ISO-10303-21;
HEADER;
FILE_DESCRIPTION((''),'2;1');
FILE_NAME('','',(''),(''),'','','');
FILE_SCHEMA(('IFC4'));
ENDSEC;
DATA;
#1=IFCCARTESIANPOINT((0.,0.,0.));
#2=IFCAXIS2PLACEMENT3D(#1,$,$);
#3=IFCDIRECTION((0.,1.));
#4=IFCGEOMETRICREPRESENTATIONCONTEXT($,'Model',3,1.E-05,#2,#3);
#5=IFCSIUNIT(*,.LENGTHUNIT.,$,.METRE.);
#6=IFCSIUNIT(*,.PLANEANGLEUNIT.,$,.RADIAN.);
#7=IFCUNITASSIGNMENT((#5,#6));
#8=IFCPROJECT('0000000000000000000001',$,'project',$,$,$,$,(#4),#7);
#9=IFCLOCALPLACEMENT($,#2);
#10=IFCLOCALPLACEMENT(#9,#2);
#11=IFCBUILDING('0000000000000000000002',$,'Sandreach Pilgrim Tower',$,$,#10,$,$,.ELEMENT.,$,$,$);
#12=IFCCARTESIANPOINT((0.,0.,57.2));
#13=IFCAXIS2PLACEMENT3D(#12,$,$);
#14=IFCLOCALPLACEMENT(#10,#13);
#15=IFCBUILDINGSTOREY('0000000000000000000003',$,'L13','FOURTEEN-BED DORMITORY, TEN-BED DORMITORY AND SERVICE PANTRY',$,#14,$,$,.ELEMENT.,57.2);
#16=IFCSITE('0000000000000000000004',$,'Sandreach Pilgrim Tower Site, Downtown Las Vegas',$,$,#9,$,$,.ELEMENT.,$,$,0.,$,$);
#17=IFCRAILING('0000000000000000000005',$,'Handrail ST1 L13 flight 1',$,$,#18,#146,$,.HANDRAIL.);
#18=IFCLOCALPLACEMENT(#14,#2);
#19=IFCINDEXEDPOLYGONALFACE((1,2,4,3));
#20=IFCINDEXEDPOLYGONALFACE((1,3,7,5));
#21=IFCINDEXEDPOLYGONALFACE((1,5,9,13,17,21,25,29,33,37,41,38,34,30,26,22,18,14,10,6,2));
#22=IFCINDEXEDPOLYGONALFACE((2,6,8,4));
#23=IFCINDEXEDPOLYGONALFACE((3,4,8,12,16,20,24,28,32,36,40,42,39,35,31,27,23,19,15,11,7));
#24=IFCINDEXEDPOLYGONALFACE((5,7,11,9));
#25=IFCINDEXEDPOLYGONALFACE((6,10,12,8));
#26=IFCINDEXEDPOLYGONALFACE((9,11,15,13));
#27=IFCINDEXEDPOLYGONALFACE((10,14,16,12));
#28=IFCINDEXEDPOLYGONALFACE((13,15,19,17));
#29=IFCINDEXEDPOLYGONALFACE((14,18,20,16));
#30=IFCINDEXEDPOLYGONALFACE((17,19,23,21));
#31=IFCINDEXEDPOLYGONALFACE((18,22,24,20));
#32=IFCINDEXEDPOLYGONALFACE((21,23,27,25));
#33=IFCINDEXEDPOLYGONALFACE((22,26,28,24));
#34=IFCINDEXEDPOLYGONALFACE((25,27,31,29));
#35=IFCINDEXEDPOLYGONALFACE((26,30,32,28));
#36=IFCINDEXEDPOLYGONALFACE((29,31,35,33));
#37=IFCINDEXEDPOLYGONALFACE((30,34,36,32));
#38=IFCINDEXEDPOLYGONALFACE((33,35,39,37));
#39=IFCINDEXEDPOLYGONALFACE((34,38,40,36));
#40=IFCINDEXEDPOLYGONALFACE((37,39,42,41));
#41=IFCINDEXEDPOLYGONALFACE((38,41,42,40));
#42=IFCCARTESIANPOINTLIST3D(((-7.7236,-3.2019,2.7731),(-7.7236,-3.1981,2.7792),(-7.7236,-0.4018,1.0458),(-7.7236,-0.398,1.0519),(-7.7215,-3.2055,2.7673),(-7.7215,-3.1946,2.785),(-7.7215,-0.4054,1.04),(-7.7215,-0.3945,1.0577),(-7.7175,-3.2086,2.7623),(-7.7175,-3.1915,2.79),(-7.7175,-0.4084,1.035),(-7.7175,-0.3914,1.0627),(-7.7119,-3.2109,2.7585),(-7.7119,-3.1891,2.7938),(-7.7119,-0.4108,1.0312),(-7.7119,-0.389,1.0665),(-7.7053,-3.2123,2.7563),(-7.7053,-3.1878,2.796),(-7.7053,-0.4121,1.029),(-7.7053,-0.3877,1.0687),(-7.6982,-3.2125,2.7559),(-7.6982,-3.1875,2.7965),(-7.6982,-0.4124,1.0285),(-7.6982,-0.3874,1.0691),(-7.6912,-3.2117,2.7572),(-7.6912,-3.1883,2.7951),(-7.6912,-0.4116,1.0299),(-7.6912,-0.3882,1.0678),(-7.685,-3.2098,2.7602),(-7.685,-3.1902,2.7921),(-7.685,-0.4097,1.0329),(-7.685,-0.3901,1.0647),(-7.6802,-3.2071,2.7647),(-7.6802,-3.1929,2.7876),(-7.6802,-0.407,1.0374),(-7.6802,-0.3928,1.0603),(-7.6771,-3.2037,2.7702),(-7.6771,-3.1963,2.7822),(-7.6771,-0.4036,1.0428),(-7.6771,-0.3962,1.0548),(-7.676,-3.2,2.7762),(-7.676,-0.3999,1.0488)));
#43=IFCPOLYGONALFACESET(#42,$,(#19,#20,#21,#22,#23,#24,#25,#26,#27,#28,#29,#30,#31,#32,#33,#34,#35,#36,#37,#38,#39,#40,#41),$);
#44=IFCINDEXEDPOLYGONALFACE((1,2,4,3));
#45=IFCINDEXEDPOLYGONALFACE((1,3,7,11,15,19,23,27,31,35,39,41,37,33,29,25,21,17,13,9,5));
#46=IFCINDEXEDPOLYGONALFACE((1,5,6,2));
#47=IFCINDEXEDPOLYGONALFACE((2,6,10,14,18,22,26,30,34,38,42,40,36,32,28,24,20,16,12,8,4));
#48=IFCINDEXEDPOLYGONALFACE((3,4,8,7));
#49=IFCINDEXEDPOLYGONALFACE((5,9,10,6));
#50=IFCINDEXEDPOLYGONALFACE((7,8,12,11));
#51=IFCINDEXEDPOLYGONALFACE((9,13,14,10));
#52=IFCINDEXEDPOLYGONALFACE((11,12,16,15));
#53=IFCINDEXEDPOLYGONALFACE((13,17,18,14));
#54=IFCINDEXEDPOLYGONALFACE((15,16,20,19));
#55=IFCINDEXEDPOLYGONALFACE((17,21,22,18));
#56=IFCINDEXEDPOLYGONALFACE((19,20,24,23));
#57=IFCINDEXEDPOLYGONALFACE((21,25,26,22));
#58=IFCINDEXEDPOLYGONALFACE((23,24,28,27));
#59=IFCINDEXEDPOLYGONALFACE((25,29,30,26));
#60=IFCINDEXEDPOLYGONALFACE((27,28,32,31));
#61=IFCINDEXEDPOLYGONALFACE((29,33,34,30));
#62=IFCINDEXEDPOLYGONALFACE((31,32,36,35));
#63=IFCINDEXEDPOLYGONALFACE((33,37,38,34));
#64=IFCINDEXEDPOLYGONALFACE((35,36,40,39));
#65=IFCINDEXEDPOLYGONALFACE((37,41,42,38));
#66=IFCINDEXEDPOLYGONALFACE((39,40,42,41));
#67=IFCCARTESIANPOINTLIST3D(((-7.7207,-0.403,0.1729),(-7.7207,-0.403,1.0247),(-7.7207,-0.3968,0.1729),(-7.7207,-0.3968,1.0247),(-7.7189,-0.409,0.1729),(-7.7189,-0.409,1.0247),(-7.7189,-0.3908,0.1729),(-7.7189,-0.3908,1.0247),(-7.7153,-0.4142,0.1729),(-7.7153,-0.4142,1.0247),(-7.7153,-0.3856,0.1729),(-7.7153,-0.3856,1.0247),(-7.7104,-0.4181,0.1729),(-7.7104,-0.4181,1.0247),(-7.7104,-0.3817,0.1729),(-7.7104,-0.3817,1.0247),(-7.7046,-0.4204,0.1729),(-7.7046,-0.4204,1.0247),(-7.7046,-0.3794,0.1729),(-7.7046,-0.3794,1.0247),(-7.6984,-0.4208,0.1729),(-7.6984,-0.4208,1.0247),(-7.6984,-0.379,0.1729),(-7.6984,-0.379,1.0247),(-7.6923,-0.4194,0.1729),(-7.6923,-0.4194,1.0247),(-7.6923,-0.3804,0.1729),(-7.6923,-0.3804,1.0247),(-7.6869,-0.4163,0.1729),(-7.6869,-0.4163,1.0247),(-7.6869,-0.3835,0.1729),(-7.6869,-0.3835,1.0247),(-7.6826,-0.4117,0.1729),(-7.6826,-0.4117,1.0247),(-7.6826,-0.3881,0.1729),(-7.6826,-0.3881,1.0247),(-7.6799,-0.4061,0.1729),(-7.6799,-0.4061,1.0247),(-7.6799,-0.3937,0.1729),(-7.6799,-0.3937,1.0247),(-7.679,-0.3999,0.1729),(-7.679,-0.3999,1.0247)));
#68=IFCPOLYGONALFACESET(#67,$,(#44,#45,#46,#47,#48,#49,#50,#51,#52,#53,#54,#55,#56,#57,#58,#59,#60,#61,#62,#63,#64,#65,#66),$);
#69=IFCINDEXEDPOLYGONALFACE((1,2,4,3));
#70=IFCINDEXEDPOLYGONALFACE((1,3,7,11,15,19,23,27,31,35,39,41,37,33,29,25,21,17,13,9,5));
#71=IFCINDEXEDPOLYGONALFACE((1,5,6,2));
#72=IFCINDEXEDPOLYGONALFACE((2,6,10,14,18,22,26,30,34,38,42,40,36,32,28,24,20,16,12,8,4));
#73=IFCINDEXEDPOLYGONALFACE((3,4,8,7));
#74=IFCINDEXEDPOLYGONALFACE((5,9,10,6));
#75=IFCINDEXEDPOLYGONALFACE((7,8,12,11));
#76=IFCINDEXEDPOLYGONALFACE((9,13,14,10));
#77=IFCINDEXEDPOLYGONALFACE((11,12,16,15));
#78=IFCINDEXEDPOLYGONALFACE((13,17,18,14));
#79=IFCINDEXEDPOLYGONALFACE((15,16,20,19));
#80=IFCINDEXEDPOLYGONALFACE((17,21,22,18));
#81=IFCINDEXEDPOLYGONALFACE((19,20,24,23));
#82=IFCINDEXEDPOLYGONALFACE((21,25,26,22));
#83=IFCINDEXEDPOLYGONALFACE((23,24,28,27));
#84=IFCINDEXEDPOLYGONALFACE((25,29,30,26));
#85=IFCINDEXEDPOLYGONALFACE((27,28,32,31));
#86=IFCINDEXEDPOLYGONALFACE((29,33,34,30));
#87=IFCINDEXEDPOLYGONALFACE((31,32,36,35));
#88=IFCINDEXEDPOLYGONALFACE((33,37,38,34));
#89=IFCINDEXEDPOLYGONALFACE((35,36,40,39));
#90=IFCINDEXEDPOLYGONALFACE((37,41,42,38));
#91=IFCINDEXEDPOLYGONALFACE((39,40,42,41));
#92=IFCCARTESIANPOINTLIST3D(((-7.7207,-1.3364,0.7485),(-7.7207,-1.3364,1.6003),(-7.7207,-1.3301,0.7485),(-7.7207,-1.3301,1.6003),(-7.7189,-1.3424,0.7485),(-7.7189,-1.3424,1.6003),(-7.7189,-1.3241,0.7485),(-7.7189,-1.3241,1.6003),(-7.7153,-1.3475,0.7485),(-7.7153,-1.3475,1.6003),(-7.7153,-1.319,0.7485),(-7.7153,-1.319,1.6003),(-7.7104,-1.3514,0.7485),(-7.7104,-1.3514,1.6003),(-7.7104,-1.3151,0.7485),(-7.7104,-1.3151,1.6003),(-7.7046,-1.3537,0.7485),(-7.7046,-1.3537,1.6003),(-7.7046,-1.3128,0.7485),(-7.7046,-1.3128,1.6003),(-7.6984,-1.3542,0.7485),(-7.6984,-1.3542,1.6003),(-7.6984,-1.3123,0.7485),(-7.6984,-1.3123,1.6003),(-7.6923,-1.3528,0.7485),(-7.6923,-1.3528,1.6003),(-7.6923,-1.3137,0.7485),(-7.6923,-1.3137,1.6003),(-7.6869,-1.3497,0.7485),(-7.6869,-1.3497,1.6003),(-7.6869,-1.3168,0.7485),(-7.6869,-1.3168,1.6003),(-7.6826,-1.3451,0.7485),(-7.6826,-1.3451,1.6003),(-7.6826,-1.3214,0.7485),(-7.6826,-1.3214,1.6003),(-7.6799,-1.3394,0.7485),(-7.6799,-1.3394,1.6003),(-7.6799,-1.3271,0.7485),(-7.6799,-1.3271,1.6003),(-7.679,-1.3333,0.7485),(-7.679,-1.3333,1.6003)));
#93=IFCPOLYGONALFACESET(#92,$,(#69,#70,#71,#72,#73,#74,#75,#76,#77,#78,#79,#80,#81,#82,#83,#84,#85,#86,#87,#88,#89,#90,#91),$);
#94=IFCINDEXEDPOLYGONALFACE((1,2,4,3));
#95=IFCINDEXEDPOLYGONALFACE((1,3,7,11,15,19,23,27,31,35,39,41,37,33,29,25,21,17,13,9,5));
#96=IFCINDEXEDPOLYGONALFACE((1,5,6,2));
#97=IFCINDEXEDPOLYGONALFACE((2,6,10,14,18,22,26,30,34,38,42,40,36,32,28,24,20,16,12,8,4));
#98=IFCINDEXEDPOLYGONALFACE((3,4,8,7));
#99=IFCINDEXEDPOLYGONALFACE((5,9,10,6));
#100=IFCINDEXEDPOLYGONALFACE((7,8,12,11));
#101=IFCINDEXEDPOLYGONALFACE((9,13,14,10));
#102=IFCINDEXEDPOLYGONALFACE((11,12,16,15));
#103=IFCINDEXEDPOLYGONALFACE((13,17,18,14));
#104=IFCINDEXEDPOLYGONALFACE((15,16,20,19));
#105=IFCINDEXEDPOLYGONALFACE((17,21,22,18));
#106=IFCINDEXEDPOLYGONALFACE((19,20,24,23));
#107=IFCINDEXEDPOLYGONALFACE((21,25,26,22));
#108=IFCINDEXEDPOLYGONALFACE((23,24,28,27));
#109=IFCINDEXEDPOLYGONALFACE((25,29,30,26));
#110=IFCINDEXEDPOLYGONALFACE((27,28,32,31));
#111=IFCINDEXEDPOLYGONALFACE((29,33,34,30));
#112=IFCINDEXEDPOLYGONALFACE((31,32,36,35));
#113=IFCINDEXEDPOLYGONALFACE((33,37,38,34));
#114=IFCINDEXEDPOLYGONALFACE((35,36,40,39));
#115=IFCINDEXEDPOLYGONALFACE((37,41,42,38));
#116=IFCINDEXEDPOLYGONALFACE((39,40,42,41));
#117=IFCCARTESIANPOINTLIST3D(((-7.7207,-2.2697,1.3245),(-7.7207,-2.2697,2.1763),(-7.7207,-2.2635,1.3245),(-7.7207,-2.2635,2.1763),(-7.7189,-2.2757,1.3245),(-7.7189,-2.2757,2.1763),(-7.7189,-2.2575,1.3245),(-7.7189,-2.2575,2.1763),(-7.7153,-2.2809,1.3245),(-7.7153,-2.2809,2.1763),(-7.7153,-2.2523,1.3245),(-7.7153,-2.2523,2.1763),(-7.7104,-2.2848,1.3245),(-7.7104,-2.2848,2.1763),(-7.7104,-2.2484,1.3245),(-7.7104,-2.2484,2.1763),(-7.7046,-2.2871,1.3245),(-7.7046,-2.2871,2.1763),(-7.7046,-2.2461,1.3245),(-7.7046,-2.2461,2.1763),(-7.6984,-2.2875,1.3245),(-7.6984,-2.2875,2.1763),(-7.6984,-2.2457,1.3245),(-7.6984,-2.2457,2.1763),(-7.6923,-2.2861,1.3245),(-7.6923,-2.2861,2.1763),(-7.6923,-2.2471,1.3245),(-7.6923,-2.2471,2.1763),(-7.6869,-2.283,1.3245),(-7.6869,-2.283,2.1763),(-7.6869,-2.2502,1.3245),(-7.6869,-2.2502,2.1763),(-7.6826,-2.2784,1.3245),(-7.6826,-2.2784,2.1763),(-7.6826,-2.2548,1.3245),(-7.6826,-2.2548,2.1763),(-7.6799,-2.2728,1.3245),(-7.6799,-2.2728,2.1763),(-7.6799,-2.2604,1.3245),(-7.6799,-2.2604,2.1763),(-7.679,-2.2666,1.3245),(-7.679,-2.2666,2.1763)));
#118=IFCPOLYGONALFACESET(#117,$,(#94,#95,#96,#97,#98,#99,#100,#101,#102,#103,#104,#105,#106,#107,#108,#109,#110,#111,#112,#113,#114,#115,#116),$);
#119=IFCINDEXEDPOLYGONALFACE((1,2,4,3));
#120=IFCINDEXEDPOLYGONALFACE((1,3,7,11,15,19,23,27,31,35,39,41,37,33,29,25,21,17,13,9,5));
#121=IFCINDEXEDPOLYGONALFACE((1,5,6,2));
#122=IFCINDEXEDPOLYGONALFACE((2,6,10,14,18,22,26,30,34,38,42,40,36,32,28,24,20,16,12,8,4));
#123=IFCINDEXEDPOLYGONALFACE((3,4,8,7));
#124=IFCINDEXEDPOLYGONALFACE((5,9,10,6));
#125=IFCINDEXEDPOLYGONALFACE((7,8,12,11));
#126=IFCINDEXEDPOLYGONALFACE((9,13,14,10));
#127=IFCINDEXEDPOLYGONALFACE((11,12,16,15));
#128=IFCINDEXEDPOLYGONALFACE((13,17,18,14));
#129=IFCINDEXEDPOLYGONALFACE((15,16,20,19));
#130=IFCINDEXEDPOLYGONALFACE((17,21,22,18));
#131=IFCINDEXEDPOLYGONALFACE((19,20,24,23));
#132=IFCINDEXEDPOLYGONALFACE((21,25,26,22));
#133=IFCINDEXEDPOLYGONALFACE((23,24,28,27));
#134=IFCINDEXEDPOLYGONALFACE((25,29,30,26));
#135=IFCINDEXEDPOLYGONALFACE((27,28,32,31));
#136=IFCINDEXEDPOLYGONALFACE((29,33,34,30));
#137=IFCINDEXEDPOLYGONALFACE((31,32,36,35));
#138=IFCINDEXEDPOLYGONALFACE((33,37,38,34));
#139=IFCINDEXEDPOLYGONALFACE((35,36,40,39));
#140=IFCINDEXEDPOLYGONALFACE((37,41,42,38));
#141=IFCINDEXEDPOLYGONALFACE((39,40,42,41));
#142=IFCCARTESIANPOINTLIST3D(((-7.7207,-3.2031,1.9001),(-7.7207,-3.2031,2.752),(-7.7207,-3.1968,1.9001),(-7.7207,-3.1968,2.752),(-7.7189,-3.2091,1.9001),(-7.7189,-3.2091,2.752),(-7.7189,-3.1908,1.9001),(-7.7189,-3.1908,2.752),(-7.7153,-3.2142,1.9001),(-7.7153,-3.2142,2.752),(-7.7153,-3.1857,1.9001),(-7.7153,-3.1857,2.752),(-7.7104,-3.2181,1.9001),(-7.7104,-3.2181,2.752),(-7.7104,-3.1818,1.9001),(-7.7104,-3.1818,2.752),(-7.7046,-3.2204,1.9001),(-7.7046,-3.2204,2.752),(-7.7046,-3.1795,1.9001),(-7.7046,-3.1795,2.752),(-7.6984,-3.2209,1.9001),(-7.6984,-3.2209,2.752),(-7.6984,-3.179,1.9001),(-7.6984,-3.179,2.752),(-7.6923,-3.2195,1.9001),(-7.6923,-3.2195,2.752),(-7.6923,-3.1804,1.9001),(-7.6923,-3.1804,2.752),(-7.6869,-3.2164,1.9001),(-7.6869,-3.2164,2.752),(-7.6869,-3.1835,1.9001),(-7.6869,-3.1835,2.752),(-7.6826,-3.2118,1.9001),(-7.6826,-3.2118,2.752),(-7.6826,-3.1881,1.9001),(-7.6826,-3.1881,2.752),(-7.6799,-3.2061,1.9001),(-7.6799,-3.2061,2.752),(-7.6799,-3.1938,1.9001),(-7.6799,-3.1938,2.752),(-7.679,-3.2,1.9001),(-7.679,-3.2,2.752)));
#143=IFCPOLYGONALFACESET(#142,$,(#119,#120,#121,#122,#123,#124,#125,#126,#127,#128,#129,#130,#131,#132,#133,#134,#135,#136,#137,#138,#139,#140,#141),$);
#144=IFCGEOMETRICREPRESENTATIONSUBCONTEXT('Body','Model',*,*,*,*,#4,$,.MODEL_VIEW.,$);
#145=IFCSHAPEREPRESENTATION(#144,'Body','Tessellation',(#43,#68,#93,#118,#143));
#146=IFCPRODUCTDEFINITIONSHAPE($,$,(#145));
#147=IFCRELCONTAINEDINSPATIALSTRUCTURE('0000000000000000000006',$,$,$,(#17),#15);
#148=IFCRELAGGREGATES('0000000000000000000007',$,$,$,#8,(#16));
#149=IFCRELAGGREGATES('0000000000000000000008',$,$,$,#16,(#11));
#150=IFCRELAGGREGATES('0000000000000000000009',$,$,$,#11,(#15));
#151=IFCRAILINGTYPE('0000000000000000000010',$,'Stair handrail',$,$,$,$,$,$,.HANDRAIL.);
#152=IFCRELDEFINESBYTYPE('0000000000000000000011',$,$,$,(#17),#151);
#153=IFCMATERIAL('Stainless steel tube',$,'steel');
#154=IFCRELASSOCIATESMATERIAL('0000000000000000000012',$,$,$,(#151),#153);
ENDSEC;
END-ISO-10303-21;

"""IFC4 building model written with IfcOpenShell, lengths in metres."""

from ifc_helpers import new_model, si_unit, direction, frame, origin, origin_2d, place, context, subcontext, project, spatial, circle, extrude, material, type_object, element, save


model = new_model("IFC4")

# Units and contexts
model_context = context("Model", 3, precision=1e-05, world=origin(), true_north=direction((0.0, 1.0)))
body_context = subcontext(model_context, "Body", "Model", "MODEL_VIEW")
ifc_project = project(units=[si_unit("LENGTHUNIT", "METRE"), si_unit("PLANEANGLEUNIT", "RADIAN")], contexts=[model_context])

# Site, building, storey
site_placement = place(None, origin())
site = spatial("IfcSite", under=ifc_project, at=site_placement, Name="Sandreach Pilgrim Tower Site, Downtown Las Vegas", CompositionType="ELEMENT", RefElevation=0.0)
building_placement = place(site_placement, origin())
building = spatial("IfcBuilding", under=site, at=building_placement, Name="Sandreach Pilgrim Tower", CompositionType="ELEMENT")
storey_placement = place(building_placement, frame((0.0, 0.0, 57.2)))
storey = spatial("IfcBuildingStorey", under=building, at=storey_placement, Name="L13", Description="FOURTEEN-BED DORMITORY, TEN-BED DORMITORY AND SERVICE PANTRY", CompositionType="ELEMENT", Elevation=57.2)

# Railing
ifc_material_1 = material(Name="Stainless steel tube", Category="steel")
railing_type = type_object("IfcRailingType", Name="Stair handrail", PredefinedType="HANDRAIL", material=ifc_material_1)
for number, where, name in (
    (1, (-7.7, -0.3999, 0.1729), "Handrail ST1 L13 flight 1"),
):
    element("IfcRailing", number, at=place(storey_placement, frame(where)), inside=storey, type_object=railing_type, Name=name, PredefinedType="HANDRAIL", context=body_context, shape_type="SweptSolid", body=[
        extrude(circle(Radius=0.0239, at=origin_2d()), frame((0.0, 0.0, 0.876), z_axis=(0.0, -0.85109, 0.52502), x_axis=(1.0, 0.0, 0.0)), (0.0, 0.0, 1.0), 3.29),
        extrude(circle(Radius=0.021, at=origin_2d()), origin(), (0.0, 0.0, 1.0), 0.8518),
        extrude(circle(Radius=0.021, at=origin_2d()), frame((0.0, -0.9333, 0.5757)), (0.0, 0.0, 1.0), 0.8518),
        extrude(circle(Radius=0.021, at=origin_2d()), frame((0.0, -1.8667, 1.1516)), (0.0, 0.0, 1.0), 0.8518),
        extrude(circle(Radius=0.021, at=origin_2d()), frame((0.0, -2.8, 1.7273)), (0.0, 0.0, 1.0), 0.8518),
    ])

save(model, "model.ifc")
